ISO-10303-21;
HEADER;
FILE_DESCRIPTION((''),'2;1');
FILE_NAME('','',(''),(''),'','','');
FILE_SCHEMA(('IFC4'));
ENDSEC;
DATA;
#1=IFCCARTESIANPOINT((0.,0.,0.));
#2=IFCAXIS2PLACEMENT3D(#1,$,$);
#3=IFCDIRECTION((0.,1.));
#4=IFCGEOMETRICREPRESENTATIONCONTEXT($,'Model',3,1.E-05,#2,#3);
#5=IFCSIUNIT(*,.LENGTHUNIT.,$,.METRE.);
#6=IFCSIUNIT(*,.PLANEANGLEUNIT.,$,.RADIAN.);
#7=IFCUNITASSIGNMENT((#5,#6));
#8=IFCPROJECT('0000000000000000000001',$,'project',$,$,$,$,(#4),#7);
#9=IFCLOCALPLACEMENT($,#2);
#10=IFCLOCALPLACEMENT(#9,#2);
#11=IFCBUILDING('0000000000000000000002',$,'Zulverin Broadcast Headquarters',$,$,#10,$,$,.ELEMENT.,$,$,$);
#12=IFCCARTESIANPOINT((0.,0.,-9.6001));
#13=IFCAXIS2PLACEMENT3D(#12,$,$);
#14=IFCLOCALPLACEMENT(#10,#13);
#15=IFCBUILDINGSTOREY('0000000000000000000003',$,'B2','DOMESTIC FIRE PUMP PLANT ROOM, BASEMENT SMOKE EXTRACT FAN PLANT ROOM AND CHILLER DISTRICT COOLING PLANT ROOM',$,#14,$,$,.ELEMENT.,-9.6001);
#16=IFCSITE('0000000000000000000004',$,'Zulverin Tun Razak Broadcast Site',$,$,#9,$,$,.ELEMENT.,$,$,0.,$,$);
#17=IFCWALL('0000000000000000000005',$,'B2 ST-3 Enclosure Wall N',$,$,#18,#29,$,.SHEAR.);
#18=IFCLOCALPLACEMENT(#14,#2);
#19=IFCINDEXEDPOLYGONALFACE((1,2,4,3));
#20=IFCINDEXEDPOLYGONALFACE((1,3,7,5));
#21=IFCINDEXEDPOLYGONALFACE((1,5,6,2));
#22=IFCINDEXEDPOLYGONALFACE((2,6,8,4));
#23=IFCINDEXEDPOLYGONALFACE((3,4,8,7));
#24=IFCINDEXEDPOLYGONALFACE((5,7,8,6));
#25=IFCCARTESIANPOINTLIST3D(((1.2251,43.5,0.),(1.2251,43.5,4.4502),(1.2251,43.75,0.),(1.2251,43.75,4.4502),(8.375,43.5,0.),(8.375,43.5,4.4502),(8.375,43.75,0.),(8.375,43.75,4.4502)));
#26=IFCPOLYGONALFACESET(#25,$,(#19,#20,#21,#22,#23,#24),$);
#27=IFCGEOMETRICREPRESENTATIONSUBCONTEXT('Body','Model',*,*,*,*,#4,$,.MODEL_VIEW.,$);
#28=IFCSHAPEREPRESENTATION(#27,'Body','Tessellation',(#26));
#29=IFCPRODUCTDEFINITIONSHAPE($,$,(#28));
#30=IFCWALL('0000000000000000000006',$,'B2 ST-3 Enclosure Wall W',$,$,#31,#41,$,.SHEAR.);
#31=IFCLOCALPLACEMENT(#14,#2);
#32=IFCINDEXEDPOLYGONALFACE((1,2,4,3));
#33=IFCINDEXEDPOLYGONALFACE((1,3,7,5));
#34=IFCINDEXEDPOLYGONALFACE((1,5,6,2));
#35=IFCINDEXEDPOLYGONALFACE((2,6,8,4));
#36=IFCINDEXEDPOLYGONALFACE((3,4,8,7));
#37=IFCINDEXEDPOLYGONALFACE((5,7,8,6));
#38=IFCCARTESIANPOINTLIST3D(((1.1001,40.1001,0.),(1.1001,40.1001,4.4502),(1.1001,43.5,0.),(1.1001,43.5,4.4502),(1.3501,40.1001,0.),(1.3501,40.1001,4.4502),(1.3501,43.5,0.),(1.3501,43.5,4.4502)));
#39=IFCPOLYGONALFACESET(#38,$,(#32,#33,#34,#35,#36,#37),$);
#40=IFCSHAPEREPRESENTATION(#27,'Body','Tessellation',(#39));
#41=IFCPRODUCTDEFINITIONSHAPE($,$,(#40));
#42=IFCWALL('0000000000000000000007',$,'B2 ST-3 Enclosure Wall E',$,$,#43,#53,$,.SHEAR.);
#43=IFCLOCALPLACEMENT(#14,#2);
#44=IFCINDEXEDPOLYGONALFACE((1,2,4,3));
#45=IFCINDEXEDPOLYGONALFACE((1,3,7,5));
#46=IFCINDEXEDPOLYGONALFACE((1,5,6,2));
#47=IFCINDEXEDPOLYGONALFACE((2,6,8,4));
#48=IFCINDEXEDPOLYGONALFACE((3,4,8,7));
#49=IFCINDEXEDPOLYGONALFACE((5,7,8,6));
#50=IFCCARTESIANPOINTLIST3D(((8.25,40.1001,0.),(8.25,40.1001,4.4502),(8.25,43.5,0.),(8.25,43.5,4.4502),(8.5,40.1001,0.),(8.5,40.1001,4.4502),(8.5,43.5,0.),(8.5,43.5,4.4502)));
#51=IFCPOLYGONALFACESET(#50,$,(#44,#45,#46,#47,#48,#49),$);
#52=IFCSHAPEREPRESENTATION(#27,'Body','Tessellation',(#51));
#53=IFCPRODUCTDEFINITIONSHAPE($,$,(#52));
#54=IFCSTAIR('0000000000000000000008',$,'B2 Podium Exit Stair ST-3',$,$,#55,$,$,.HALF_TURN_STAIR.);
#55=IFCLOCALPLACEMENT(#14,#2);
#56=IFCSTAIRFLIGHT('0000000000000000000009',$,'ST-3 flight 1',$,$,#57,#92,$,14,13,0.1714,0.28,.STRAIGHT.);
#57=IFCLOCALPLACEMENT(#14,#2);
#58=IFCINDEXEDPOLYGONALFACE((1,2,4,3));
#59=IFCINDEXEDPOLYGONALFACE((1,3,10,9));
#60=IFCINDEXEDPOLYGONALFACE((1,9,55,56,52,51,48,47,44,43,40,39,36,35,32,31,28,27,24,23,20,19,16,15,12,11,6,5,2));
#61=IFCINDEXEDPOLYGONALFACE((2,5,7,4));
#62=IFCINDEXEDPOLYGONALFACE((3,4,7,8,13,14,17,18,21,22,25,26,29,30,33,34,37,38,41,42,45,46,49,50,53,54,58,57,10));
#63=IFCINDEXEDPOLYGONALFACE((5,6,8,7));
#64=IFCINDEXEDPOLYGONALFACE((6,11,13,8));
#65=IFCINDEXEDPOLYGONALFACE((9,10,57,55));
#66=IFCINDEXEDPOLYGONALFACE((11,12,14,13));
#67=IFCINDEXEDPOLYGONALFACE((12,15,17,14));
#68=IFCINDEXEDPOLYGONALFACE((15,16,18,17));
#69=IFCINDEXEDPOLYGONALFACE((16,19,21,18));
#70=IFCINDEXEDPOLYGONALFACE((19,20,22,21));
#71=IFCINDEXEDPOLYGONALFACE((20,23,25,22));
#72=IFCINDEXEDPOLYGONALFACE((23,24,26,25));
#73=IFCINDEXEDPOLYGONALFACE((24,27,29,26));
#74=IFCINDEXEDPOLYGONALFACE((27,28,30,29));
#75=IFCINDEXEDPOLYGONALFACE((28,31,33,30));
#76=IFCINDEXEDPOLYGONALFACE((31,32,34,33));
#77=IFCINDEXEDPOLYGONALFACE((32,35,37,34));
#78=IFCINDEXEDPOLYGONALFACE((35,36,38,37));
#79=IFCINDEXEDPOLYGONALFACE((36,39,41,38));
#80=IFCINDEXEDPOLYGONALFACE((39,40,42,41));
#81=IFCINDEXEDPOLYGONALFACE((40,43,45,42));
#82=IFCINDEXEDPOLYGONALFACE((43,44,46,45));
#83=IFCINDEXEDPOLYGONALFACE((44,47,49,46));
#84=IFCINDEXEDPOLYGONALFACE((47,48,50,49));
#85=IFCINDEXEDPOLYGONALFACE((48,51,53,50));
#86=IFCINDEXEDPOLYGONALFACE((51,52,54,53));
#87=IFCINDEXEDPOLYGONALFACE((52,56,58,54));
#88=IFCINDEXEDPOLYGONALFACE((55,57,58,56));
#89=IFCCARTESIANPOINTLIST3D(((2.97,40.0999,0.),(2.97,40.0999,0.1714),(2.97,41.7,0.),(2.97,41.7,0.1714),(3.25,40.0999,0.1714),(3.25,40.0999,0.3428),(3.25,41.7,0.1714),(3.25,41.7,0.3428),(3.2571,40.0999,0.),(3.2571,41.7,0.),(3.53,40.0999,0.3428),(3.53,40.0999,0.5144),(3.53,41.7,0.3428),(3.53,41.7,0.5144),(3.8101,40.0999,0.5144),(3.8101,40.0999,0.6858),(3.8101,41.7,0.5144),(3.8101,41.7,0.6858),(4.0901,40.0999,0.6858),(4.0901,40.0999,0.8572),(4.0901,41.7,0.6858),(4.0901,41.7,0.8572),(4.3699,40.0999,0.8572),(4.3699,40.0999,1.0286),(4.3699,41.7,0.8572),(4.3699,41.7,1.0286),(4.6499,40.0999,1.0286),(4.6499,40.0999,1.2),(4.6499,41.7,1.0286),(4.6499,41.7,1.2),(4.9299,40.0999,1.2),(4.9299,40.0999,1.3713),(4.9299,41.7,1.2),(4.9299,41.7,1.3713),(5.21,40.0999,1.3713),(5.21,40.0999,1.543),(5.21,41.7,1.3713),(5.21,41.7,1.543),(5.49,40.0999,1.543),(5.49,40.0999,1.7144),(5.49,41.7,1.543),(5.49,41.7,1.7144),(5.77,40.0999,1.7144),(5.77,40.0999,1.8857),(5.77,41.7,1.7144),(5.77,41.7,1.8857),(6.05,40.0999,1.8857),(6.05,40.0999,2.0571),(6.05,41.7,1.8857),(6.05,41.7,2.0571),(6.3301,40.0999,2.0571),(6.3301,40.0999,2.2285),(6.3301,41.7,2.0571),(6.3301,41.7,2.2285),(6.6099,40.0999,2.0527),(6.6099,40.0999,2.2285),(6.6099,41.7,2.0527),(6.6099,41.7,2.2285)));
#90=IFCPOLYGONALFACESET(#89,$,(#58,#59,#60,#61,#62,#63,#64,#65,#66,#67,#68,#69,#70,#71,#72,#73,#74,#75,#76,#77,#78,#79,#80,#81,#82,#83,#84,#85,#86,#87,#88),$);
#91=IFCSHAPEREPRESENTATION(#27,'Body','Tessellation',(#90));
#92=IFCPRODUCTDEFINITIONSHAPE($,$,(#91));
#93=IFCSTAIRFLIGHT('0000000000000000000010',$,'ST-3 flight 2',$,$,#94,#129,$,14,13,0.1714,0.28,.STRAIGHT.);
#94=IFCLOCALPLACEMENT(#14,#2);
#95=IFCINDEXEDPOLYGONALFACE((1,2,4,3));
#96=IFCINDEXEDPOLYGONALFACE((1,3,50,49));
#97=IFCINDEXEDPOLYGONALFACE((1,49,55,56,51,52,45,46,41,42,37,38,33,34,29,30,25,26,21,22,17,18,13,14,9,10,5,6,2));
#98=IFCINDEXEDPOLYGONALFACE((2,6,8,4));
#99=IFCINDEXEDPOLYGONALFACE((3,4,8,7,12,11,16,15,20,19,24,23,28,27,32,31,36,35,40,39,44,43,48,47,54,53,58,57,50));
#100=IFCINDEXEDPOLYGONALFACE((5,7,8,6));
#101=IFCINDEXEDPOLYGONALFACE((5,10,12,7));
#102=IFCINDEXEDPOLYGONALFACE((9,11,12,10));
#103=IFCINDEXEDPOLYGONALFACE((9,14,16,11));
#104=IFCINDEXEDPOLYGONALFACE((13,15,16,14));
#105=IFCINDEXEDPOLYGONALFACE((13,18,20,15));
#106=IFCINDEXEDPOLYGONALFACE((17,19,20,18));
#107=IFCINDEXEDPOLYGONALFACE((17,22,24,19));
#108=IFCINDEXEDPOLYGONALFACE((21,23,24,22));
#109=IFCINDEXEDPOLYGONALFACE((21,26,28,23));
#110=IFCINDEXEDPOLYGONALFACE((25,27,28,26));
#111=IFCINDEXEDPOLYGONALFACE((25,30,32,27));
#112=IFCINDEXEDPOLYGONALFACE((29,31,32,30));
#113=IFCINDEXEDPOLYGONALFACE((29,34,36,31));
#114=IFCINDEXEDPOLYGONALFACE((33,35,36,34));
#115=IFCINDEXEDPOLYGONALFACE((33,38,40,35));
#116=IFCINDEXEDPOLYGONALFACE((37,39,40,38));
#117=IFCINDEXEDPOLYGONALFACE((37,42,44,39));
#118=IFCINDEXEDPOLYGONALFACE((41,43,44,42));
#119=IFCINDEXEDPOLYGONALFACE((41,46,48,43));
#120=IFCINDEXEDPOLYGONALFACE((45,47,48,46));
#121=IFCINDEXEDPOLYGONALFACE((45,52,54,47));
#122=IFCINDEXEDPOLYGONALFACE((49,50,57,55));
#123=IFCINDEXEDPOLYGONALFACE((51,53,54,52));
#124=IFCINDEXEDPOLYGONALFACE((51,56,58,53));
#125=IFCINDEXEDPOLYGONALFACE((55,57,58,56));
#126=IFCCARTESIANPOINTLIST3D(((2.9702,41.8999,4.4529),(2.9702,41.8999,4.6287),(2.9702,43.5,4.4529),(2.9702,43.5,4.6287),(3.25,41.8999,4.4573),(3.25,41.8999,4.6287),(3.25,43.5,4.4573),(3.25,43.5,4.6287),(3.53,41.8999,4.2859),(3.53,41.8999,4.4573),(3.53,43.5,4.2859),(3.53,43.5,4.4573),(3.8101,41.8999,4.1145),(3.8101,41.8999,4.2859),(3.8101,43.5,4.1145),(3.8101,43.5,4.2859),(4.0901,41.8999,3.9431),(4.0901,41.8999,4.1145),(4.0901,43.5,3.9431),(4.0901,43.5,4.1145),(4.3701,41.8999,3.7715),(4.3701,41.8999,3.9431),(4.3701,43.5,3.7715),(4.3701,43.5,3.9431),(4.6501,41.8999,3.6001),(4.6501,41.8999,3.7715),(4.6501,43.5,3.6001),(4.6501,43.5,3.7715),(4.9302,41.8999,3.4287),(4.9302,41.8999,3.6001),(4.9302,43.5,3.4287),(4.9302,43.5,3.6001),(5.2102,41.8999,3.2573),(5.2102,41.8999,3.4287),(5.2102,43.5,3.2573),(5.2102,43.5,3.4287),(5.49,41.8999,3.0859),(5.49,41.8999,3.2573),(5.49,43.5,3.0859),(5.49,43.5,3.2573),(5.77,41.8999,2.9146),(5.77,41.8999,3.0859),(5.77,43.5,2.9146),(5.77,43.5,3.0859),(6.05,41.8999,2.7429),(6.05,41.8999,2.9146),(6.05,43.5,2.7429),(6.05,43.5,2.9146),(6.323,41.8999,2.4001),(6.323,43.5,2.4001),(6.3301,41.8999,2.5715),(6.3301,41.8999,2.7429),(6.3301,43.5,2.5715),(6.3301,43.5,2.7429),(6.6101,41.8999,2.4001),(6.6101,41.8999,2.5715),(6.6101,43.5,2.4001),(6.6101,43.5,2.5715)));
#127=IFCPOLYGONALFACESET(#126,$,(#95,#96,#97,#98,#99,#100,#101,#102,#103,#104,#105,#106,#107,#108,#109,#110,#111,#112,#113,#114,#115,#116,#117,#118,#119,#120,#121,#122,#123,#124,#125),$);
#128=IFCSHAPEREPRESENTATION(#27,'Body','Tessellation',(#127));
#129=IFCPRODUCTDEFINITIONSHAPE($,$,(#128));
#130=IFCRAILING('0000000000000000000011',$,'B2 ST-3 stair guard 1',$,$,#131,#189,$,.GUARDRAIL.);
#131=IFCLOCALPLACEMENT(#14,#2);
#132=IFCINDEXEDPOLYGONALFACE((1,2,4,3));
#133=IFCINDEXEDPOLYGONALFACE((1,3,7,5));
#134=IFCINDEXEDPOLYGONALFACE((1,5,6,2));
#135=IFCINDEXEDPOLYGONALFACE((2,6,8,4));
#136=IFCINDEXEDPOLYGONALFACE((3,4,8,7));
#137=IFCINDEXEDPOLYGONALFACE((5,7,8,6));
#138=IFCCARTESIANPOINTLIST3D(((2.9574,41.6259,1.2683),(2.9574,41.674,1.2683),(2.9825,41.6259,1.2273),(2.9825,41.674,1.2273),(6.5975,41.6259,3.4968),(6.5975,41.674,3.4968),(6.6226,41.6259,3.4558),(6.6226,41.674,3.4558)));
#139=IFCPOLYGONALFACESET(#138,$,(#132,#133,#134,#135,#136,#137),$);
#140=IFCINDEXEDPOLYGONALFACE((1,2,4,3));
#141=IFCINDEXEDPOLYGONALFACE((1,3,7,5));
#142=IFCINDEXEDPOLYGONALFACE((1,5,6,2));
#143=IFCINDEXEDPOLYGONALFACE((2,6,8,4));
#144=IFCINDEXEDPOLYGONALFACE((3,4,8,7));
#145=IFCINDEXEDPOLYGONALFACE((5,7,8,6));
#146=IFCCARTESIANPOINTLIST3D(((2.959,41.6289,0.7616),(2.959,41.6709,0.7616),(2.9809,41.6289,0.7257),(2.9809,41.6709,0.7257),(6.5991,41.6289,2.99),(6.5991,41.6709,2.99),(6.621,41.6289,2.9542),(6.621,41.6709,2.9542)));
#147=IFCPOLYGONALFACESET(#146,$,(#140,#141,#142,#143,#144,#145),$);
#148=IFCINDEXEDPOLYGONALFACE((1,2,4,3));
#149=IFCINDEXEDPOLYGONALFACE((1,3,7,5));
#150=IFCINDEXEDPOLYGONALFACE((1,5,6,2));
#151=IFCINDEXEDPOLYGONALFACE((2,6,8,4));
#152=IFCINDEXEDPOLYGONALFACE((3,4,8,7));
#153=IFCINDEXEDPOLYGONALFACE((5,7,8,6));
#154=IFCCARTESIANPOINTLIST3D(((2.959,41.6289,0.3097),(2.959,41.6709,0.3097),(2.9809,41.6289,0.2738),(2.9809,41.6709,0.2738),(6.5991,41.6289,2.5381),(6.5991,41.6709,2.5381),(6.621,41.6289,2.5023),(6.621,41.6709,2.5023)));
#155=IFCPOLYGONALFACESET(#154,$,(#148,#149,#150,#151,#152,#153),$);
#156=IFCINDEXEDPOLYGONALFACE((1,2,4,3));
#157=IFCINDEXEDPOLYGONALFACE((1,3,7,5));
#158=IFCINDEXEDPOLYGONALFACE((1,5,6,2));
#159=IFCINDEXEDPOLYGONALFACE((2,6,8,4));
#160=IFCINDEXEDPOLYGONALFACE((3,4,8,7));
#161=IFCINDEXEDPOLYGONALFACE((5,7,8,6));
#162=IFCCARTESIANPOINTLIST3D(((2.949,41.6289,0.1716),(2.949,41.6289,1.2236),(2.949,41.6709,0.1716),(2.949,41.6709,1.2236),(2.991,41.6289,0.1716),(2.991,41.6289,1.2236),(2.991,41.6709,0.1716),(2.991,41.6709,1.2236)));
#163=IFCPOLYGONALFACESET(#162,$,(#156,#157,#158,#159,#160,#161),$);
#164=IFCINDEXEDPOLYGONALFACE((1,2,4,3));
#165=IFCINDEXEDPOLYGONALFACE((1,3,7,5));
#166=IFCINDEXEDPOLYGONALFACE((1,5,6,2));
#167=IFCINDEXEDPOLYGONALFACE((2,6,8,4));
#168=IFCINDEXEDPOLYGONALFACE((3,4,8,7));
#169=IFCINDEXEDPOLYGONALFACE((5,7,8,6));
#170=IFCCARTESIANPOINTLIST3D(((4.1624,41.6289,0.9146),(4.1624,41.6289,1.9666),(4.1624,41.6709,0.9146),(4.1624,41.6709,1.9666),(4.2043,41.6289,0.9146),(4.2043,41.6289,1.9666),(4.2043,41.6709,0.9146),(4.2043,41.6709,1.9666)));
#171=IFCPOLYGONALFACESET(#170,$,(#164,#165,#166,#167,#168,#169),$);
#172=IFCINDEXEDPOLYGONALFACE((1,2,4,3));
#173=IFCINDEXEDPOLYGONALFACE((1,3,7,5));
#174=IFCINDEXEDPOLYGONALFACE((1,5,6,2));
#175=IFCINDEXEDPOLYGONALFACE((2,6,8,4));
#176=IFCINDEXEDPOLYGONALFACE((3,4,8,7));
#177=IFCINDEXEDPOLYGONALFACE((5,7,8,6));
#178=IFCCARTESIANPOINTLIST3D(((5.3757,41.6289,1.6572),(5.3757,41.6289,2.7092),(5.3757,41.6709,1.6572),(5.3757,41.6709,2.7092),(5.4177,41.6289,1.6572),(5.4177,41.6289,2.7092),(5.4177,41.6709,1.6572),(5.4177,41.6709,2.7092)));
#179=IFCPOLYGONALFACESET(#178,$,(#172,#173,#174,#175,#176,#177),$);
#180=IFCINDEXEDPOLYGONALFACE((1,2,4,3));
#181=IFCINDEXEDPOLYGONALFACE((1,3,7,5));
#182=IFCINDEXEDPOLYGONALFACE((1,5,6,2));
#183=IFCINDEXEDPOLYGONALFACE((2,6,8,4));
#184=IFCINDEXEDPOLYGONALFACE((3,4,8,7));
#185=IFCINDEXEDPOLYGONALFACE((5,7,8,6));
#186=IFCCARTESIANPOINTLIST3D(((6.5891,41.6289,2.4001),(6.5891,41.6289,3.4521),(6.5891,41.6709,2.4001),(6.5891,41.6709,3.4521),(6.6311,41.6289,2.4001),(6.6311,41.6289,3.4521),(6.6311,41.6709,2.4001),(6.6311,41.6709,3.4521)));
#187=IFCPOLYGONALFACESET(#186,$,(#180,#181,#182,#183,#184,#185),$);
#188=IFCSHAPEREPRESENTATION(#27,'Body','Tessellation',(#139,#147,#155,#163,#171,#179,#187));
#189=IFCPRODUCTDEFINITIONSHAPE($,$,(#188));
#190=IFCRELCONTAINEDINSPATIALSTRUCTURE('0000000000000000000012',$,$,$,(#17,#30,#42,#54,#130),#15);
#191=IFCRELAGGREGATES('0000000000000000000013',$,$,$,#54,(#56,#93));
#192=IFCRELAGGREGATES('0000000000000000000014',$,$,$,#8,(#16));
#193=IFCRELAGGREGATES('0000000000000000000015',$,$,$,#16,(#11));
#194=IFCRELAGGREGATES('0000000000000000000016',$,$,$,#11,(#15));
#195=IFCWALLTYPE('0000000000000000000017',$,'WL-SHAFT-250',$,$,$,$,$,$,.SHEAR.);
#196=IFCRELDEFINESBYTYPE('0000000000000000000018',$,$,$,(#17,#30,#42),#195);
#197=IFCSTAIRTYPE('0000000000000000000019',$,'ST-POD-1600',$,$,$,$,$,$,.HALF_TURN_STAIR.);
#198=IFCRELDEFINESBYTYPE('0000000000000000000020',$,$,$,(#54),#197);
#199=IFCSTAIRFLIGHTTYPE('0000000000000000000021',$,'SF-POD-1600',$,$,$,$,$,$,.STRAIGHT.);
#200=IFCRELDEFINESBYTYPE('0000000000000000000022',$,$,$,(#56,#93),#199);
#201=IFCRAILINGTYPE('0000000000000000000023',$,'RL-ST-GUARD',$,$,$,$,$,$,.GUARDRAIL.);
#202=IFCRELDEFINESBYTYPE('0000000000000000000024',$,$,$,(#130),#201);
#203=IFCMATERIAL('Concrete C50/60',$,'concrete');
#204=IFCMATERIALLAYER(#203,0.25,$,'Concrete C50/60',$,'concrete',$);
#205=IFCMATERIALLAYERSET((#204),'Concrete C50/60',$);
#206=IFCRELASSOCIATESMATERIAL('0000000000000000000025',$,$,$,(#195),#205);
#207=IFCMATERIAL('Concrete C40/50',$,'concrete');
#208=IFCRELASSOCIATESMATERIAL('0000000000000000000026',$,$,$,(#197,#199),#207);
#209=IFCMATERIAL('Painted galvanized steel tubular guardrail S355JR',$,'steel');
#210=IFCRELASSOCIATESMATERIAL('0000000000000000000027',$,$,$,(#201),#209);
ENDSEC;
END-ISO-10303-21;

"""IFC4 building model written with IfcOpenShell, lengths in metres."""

from ifc_helpers import new_model, si_unit, direction, frame, frame_2d, origin, origin_2d, place, context, subcontext, project, spatial, polyline, rectangle, outline, extrude, material, layer, layer_set, type_object, element, aggregate, save


model = new_model("IFC4")

# Units and contexts
model_context = context("Model", 3, precision=1e-05, world=origin(), true_north=direction((0.0, 1.0)))
body_context = subcontext(model_context, "Body", "Model", "MODEL_VIEW")
ifc_project = project(units=[si_unit("LENGTHUNIT", "METRE"), si_unit("PLANEANGLEUNIT", "RADIAN")], contexts=[model_context])

# Site, building, storey
site_placement = place(None, origin())
site = spatial("IfcSite", under=ifc_project, at=site_placement, Name="Zulverin Tun Razak Broadcast Site", CompositionType="ELEMENT", RefElevation=0.0)
building_placement = place(site_placement, origin())
building = spatial("IfcBuilding", under=site, at=building_placement, Name="Zulverin Broadcast Headquarters", CompositionType="ELEMENT")
storey_placement = place(building_placement, frame((0.0, 0.0, -9.6001)))
storey = spatial("IfcBuildingStorey", under=building, at=storey_placement, Name="B2", Description="DOMESTIC FIRE PUMP PLANT ROOM, BASEMENT SMOKE EXTRACT FAN PLANT ROOM AND CHILLER DISTRICT COOLING PLANT ROOM", CompositionType="ELEMENT", Elevation=-9.6001)

# Shared definitions
ifc_material_1 = material(Name="Concrete C50/60", Category="concrete")

# Shared definitions
ifc_material_2 = material(Name="Concrete C40/50", Category="concrete")

# Shared definitions
ifc_layer_1 = layer(ifc_material_1, 0.25, Name="Concrete C50/60", Category="concrete")
ifc_layer_set_1 = layer_set([ifc_layer_1], Name="Concrete C50/60")
wall_type_1 = type_object("IfcWallType", Name="WL-SHAFT-250", PredefinedType="SHEAR", material=ifc_layer_set_1)

# Walls
wall_1_placement = place(storey_placement, frame((1.2251, 43.625, 0.0), z_axis=(0.0, 0.0, 1.0), x_axis=(1.0, 0.0, 0.0)))
element("IfcWall", 1, at=wall_1_placement, inside=storey, type_object=wall_type_1, Name="B2 ST-3 Enclosure Wall N", PredefinedType="SHEAR", context=body_context, shape_type="SweptSolid", body=[
    extrude(rectangle(XDim=7.1499, YDim=0.25, at=frame_2d((3.575, 0.0))), origin(), (0.0, 0.0, 1.0), 4.4502),
])
for number, where, z_axis, x_axis, name in (
    (2, (1.2251, 40.1001, 0.0), (0.0, 0.0, 1.0), (0.0, 1.0, 0.0), "B2 ST-3 Enclosure Wall W"),
    (3, (8.375, 40.1001, 0.0), (0.0, 0.0, 1.0), (0.0, 1.0, 0.0), "B2 ST-3 Enclosure Wall E"),
):
    element("IfcWall", number, at=place(storey_placement, frame(where, z_axis=z_axis, x_axis=x_axis)), inside=storey, type_object=wall_type_1, Name=name, PredefinedType="SHEAR", context=body_context, shape_type="SweptSolid", body=[
        extrude(rectangle(XDim=3.3999, YDim=0.25, at=frame_2d((1.7, 0.0))), origin(), (0.0, 0.0, 1.0), 4.4502),
    ])

# Stair, stair flights
stair_type = type_object("IfcStairType", Name="ST-POD-1600", PredefinedType="HALF_TURN_STAIR", material=ifc_material_2)
stair_placement = place(storey_placement, origin())
stair = element("IfcStair", 4, at=stair_placement, inside=storey, type_object=stair_type, Name="B2 Podium Exit Stair ST-3", PredefinedType="HALF_TURN_STAIR")
stair_flight_type = type_object("IfcStairFlightType", Name="SF-POD-1600", PredefinedType="STRAIGHT", material=ifc_material_2)
stair_flight_1_placement = place(storey_placement, frame((2.97, 40.8999, 0.0), z_axis=(0.0, 0.0, 1.0), x_axis=(1.0, 0.0, 0.0)))
stair_flight_1 = element("IfcStairFlight", 5, at=stair_flight_1_placement, type_object=stair_flight_type, Name="ST-3 flight 1", NumberOfRisers=14, NumberOfTreads=13, PredefinedType="STRAIGHT", RiserHeight=0.1714, TreadLength=0.28, context=body_context, shape_type="SweptSolid", body=[
    extrude(outline(polyline([(0.0, 0.0), (0.0, 0.1714), (0.28, 0.1714), (0.28, 0.3428), (0.5601, 0.3428), (0.5601, 0.5144), (0.8401, 0.5144), (0.8401, 0.6858), (1.1201, 0.6858), (1.1201, 0.8572), (1.3999, 0.8572), (1.3999, 1.0286), (1.6799, 1.0286), (1.6799, 1.2), (1.96, 1.2), (1.96, 1.3713), (2.24, 1.3713), (2.24, 1.543), (2.52, 1.543), (2.52, 1.7144), (2.8, 1.7144), (2.8, 1.8857), (3.0801, 1.8857), (3.0801, 2.0571), (3.3601, 2.0571), (3.3601, 2.2285), (3.6399, 2.2285), (3.6399, 2.3999), (3.6399, 2.0527), (0.2871, 0.0), (0.0, 0.0)])), frame((0.0, 0.8, 0.0), z_axis=(0.0, -1.0, 0.0), x_axis=(1.0, 0.0, 0.0)), (0.0, 0.0, 1.0), 1.6001),
])
stair_flight_2_placement = place(storey_placement, frame((6.6101, 42.7, 2.4001), z_axis=(0.0, 0.0, 1.0), x_axis=(-1.0, 0.0, 0.0)))
stair_flight_2 = element("IfcStairFlight", 6, at=stair_flight_2_placement, type_object=stair_flight_type, Name="ST-3 flight 2", NumberOfRisers=14, NumberOfTreads=13, PredefinedType="STRAIGHT", RiserHeight=0.1714, TreadLength=0.28, context=body_context, shape_type="SweptSolid", body=[
    extrude(outline(polyline([(0.0, 0.0), (0.0, 0.1714), (0.28, 0.1714), (0.28, 0.3428), (0.5601, 0.3428), (0.5601, 0.5144), (0.8401, 0.5144), (0.8401, 0.6858), (1.1201, 0.6858), (1.1201, 0.8572), (1.3999, 0.8572), (1.3999, 1.0286), (1.6799, 1.0286), (1.6799, 1.2), (1.96, 1.2), (1.96, 1.3713), (2.24, 1.3713), (2.24, 1.543), (2.52, 1.543), (2.52, 1.7144), (2.8, 1.7144), (2.8, 1.8857), (3.0801, 1.8857), (3.0801, 2.0571), (3.3601, 2.0571), (3.3601, 2.2285), (3.6399, 2.2285), (3.6399, 2.3999), (3.6399, 2.0527), (0.2871, 0.0), (0.0, 0.0)])), frame((0.0, 0.8, 0.0), z_axis=(0.0, -1.0, 0.0), x_axis=(1.0, 0.0, 0.0)), (0.0, 0.0, 1.0), 1.6001),
])
aggregate(stair, [stair_flight_1, stair_flight_2])

# Railing
ifc_material_3 = material(Name="Painted galvanized steel tubular guardrail S355JR", Category="steel")
railing_type_1 = type_object("IfcRailingType", Name="RL-ST-GUARD", PredefinedType="GUARDRAIL", material=ifc_material_3)
railing_1_placement = place(storey_placement, frame((2.97, 41.6499, 0.1716)))
element("IfcRailing", 7, at=railing_1_placement, inside=storey, type_object=railing_type_1, Name="B2 ST-3 stair guard 1", PredefinedType="GUARDRAIL", context=body_context, shape_type="SweptSolid", body=[
    extrude(rectangle(XDim=0.0481, YDim=0.0481, at=origin_2d()), frame((0.0, 0.0, 1.0762), z_axis=(0.852866, 0.0, 0.52213), x_axis=(0.0, 1.0, 0.0)), (0.0, 0.0, 1.0), 4.2681),
    extrude(rectangle(XDim=0.042, YDim=0.042, at=origin_2d()), frame((0.0, 0.0, 0.572), z_axis=(0.852866, 0.0, 0.52213), x_axis=(0.0, 1.0, 0.0)), (0.0, 0.0, 1.0), 4.2681),
    extrude(rectangle(XDim=0.042, YDim=0.042, at=origin_2d()), frame((0.0, 0.0, 0.1201), z_axis=(0.852866, 0.0, 0.52213), x_axis=(0.0, 1.0, 0.0)), (0.0, 0.0, 1.0), 4.2681),
    extrude(rectangle(XDim=0.042, YDim=0.042, at=origin_2d()), origin(), (0.0, 0.0, 1.0), 1.052),
    extrude(rectangle(XDim=0.042, YDim=0.042, at=origin_2d()), frame((1.2134, 0.0, 0.7429)), (0.0, 0.0, 1.0), 1.052),
    extrude(rectangle(XDim=0.042, YDim=0.042, at=origin_2d()), frame((2.4268, 0.0, 1.4856)), (0.0, 0.0, 1.0), 1.052),
    extrude(rectangle(XDim=0.042, YDim=0.042, at=origin_2d()), frame((3.6401, 0.0, 2.2285)), (0.0, 0.0, 1.0), 1.052),
])

save(model, "model.ifc")
